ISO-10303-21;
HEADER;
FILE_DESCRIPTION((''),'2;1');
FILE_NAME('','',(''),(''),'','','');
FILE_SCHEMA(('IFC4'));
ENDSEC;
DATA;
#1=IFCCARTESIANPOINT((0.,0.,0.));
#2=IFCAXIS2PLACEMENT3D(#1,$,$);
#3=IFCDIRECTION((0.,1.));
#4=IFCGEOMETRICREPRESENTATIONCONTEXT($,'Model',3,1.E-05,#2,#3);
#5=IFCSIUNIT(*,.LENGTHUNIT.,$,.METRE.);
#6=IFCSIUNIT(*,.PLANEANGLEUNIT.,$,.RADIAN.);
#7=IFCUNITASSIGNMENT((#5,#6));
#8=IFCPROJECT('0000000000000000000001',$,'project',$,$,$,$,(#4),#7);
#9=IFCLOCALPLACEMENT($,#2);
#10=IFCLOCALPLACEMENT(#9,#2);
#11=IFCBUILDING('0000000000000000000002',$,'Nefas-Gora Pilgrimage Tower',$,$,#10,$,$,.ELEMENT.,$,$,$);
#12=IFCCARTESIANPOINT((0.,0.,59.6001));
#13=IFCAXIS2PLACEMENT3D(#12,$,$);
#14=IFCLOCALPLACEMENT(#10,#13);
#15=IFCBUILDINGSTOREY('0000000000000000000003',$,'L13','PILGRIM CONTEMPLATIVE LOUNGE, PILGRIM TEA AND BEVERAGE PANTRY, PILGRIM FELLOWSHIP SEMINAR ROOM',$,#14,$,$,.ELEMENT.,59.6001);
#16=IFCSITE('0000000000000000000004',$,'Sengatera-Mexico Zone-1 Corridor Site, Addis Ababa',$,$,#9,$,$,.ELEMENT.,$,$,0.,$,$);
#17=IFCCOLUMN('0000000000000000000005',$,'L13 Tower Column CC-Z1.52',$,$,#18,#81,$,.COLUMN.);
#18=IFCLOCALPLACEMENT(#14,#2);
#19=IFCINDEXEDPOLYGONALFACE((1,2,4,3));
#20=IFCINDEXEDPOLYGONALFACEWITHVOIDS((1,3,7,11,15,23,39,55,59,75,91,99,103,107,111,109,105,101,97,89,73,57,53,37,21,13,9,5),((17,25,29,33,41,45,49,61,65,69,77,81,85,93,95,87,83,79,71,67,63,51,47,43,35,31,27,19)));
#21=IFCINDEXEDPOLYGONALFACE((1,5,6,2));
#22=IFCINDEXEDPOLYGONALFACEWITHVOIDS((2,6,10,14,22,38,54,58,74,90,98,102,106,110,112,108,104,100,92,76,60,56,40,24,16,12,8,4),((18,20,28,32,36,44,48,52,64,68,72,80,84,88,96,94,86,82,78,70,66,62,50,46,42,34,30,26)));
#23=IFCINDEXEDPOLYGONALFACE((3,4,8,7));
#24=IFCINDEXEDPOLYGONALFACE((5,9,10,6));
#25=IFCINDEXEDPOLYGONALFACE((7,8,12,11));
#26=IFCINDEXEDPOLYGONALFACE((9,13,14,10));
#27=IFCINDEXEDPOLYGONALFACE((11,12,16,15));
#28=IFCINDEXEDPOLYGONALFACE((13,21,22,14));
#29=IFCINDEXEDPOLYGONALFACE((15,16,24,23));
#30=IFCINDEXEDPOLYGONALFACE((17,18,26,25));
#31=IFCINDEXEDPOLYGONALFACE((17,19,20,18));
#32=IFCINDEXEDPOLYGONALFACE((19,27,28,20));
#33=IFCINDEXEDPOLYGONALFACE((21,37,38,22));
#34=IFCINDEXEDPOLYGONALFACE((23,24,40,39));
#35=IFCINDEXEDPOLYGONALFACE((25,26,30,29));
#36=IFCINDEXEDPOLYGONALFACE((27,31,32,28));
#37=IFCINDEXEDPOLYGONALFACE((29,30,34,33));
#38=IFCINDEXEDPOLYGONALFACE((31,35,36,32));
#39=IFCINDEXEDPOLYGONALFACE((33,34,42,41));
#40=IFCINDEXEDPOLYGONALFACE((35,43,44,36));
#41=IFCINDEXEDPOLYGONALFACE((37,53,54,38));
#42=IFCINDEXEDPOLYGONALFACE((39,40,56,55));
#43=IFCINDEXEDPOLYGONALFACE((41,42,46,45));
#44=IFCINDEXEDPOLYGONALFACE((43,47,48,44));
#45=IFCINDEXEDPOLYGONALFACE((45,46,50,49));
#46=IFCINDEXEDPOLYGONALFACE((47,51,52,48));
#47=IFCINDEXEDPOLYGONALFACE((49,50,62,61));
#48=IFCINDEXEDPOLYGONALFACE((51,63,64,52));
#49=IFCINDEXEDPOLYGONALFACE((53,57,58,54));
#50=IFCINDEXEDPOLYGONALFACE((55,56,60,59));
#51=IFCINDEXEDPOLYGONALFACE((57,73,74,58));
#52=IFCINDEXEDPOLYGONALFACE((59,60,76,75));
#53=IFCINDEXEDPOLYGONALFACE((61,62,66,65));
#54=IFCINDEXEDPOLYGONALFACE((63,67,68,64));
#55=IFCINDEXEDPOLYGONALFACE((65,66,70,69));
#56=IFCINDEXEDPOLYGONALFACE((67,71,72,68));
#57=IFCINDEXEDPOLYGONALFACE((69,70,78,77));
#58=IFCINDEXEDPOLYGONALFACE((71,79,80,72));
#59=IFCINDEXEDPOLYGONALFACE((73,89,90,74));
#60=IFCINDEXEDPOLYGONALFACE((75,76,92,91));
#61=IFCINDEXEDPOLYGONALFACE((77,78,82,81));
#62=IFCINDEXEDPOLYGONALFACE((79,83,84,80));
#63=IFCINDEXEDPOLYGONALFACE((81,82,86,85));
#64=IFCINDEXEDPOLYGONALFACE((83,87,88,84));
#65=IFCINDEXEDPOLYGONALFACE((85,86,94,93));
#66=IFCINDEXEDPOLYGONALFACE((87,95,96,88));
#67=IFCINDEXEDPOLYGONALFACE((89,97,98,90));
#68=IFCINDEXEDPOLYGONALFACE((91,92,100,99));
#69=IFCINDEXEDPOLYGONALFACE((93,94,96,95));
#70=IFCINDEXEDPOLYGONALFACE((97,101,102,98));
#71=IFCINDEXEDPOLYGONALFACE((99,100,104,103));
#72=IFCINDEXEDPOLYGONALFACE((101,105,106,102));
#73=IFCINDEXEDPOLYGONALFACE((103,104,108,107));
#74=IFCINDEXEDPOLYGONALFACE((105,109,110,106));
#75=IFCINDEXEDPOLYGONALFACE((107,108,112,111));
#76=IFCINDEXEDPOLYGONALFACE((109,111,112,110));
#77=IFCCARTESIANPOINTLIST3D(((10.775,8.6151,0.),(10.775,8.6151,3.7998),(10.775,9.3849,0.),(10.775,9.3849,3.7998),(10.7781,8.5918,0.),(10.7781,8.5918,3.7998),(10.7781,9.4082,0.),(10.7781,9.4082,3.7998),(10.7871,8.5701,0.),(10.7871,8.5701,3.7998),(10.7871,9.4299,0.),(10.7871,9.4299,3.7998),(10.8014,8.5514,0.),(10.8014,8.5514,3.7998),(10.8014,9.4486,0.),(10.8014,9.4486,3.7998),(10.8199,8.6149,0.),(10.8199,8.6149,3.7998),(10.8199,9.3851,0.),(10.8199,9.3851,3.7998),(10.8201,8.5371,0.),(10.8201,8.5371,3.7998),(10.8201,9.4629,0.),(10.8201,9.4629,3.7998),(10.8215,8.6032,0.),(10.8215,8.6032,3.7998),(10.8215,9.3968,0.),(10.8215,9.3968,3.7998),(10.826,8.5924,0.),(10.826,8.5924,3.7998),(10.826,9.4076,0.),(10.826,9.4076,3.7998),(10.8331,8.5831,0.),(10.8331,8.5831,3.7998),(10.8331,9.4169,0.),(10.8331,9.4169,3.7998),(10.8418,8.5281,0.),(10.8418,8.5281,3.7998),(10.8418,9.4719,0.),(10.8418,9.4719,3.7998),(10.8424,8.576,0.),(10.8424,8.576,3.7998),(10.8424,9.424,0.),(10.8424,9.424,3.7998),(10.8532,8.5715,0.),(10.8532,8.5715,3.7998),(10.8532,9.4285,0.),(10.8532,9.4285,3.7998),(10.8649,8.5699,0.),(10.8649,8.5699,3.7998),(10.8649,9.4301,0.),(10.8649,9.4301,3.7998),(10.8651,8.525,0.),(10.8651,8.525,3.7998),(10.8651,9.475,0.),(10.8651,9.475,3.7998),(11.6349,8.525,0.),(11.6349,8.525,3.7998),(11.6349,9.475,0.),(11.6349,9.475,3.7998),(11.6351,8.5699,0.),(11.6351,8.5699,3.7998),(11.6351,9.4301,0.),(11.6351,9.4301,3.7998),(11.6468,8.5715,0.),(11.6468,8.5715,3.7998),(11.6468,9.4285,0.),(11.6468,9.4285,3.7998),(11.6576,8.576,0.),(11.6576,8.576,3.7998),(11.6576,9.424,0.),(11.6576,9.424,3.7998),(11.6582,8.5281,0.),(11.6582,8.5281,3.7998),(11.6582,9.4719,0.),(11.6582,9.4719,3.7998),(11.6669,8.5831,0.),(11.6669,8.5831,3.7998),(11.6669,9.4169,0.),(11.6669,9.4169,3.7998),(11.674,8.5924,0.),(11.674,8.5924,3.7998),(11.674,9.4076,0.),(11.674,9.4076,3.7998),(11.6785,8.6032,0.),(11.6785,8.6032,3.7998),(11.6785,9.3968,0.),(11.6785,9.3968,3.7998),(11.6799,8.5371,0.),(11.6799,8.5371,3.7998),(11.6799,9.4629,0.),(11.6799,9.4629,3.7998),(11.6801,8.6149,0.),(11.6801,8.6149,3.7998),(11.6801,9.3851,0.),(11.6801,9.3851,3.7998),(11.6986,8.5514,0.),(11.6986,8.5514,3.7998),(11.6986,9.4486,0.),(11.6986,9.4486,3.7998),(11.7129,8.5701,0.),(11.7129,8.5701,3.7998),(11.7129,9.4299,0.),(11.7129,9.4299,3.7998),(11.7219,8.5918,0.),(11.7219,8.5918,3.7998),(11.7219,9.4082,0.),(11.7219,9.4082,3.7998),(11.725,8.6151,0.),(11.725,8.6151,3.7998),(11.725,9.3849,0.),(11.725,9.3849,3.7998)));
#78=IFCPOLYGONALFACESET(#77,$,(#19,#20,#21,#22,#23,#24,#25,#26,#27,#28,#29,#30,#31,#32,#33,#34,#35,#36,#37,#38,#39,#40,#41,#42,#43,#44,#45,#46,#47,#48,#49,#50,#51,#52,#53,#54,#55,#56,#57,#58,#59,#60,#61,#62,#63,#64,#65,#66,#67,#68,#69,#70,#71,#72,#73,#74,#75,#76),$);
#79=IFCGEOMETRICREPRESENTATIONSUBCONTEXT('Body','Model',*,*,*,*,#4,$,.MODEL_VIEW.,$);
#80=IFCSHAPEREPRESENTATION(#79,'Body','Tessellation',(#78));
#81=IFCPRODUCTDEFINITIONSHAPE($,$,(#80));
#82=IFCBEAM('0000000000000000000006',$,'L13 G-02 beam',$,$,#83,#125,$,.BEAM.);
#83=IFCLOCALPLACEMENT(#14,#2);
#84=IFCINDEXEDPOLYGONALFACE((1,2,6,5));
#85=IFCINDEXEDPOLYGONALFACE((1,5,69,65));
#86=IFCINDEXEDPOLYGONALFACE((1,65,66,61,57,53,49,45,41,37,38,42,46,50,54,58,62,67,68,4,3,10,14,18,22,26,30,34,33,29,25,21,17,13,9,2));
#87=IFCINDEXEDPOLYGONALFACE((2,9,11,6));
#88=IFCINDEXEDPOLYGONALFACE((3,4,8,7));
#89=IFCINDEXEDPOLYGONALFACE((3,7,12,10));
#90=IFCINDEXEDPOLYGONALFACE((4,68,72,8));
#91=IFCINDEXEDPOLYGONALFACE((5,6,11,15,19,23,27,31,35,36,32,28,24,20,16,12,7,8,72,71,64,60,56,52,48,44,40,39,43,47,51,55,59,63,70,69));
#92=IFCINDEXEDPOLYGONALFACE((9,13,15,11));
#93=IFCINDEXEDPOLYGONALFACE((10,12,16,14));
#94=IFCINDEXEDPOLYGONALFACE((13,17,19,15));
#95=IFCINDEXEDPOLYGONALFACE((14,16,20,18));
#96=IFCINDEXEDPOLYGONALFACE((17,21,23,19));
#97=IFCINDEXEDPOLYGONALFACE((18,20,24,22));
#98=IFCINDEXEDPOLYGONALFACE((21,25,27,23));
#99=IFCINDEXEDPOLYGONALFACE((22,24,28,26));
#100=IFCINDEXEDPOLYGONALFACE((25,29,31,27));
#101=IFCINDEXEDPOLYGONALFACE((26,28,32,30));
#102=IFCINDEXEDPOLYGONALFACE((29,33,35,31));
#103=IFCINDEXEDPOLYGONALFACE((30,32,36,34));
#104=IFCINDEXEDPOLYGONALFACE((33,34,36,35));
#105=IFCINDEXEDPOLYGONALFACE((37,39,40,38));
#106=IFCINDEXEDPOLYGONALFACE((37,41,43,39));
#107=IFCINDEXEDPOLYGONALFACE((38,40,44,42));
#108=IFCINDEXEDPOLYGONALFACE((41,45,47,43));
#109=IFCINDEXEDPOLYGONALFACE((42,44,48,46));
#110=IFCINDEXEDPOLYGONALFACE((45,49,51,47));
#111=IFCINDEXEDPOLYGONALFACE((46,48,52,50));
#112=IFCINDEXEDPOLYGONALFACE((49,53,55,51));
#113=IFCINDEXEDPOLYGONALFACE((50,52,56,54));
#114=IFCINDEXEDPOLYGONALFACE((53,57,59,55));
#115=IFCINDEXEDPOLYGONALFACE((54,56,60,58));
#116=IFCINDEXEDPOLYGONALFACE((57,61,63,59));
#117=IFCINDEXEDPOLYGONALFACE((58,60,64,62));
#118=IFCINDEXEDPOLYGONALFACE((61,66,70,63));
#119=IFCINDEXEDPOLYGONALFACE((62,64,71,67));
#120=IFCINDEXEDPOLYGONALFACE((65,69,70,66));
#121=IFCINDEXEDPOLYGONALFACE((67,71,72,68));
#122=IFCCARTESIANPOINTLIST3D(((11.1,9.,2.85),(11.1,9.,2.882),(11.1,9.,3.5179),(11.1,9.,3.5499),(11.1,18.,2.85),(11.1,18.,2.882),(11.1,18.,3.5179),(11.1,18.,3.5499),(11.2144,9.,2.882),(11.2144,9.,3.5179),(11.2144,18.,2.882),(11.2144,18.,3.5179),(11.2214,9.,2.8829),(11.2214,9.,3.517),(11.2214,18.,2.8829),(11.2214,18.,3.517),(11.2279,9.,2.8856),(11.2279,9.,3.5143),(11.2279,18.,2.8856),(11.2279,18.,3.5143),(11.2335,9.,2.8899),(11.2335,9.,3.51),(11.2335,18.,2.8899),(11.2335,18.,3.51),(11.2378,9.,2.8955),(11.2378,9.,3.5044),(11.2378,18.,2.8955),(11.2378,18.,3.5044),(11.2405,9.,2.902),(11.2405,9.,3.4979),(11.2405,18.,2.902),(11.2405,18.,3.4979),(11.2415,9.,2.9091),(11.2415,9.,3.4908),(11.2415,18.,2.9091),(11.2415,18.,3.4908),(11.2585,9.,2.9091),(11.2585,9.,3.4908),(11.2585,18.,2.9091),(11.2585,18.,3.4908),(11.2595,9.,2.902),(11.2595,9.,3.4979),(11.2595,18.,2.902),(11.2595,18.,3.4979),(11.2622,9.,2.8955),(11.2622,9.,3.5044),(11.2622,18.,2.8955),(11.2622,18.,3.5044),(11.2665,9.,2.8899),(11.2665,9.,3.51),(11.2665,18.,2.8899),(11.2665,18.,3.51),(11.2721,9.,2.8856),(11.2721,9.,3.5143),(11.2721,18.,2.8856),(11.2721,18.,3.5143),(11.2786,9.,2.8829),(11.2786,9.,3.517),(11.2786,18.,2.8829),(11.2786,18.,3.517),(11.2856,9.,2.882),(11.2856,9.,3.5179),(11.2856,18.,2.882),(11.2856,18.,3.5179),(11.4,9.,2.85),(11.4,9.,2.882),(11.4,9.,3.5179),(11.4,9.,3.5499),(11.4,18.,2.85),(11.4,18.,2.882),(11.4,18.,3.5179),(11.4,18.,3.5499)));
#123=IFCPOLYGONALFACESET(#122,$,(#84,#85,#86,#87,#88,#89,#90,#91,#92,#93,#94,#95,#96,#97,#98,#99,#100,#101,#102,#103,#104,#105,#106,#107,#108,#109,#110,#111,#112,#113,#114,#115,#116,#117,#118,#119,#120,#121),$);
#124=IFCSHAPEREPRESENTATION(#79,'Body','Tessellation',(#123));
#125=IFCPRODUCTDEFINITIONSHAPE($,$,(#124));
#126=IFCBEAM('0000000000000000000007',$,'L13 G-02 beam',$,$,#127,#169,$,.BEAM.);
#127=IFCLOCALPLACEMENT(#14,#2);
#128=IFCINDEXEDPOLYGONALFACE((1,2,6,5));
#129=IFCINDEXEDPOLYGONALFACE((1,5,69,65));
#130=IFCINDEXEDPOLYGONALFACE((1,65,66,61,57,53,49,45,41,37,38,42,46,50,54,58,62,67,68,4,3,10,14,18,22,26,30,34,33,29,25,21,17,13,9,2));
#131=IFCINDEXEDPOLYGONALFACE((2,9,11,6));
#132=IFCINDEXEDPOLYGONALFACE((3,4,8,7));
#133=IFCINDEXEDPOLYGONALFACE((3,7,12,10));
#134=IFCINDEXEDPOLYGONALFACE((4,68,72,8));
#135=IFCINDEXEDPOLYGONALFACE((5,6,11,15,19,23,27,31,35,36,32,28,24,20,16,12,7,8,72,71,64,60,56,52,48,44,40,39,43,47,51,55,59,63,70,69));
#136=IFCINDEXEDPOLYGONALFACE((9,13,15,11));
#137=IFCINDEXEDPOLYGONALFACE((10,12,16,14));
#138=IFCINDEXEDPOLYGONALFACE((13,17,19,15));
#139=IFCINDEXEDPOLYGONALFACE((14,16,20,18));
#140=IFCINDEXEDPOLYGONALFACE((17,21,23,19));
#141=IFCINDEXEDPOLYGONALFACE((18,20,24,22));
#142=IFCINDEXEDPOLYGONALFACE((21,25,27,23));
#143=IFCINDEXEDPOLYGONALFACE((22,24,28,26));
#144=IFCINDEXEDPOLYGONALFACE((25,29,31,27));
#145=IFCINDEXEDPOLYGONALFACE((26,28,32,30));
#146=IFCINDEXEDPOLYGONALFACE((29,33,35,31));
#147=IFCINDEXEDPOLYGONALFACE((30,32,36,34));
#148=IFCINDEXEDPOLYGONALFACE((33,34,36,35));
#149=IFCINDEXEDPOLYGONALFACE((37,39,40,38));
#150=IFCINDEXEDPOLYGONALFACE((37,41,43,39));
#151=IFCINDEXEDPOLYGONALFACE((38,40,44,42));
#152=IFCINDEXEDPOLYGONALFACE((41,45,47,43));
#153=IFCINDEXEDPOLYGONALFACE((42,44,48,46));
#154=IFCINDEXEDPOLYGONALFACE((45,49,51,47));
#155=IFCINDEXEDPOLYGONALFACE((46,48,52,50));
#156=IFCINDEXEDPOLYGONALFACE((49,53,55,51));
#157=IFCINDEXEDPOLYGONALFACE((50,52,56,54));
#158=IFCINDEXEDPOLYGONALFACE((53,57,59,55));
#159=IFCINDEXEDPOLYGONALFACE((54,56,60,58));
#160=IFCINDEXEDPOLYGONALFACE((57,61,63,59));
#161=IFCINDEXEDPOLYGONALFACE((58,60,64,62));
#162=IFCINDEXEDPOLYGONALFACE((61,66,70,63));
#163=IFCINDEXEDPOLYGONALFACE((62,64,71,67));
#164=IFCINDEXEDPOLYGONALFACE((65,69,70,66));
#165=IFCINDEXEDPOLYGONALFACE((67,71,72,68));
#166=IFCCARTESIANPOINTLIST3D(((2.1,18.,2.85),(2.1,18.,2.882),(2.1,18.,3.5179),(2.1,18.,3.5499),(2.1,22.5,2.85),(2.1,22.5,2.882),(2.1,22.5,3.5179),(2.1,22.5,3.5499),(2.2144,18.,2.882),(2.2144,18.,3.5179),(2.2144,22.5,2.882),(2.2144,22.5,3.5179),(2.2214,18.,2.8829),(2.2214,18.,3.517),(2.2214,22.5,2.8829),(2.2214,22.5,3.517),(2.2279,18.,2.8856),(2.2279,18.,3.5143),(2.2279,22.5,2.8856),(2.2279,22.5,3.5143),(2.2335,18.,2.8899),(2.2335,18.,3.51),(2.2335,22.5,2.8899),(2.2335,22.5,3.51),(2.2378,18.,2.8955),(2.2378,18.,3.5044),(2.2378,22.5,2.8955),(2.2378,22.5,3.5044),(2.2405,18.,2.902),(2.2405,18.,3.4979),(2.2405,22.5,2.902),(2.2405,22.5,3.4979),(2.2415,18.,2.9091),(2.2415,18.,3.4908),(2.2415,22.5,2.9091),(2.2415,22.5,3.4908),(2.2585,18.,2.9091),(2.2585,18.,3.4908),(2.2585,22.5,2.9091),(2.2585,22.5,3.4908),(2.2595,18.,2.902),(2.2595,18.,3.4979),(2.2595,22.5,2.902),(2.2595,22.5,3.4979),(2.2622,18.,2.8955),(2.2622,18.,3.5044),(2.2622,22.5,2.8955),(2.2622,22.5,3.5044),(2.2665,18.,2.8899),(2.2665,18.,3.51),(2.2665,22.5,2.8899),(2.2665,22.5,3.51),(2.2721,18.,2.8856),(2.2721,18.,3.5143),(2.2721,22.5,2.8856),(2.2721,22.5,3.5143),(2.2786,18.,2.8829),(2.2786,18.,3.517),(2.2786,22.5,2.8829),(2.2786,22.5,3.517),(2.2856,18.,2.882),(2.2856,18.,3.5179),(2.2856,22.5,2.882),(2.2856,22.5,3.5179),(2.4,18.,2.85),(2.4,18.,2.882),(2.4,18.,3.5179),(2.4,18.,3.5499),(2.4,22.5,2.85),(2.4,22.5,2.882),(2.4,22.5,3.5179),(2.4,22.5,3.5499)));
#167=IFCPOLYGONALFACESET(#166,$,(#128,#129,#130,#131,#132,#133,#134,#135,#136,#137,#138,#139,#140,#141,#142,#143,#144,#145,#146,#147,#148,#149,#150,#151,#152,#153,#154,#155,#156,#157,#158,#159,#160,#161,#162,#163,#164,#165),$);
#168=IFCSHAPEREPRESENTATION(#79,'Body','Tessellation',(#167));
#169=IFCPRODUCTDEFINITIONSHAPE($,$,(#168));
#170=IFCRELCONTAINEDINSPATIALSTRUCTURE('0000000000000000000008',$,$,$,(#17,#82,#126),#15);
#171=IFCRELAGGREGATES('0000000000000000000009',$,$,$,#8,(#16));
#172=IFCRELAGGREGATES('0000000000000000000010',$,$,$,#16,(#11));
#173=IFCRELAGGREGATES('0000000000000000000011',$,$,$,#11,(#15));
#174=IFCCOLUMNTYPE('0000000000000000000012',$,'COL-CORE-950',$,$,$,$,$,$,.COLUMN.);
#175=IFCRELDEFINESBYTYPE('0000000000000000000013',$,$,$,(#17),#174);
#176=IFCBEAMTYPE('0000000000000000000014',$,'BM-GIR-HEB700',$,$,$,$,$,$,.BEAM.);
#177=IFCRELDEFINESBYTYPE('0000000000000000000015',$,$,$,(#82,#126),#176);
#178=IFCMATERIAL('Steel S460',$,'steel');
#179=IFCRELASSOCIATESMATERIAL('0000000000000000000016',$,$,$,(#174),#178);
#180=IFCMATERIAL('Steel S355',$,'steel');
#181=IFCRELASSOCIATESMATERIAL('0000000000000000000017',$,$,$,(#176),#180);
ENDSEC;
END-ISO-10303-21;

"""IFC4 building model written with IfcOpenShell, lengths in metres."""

from ifc_helpers import new_model, si_unit, direction, frame, origin, origin_2d, place, context, subcontext, project, spatial, hollow_rectangle, i_section, extrude, source, transform, mapped, material, material_profile, profile_set, type_object, element, save


model = new_model("IFC4")

# Units and contexts
model_context = context("Model", 3, precision=1e-05, world=origin(), true_north=direction((0.0, 1.0)))
body_context = subcontext(model_context, "Body", "Model", "MODEL_VIEW")
ifc_project = project(units=[si_unit("LENGTHUNIT", "METRE"), si_unit("PLANEANGLEUNIT", "RADIAN")], contexts=[model_context])

# Site, building, storey
site_placement = place(None, origin())
site = spatial("IfcSite", under=ifc_project, at=site_placement, Name="Sengatera-Mexico Zone-1 Corridor Site, Addis Ababa", CompositionType="ELEMENT", RefElevation=0.0)
building_placement = place(site_placement, origin())
building = spatial("IfcBuilding", under=site, at=building_placement, Name="Nefas-Gora Pilgrimage Tower", CompositionType="ELEMENT")
storey_placement = place(building_placement, frame((0.0, 0.0, 59.6001)))
storey = spatial("IfcBuildingStorey", under=building, at=storey_placement, Name="L13", Description="PILGRIM CONTEMPLATIVE LOUNGE, PILGRIM TEA AND BEVERAGE PANTRY, PILGRIM FELLOWSHIP SEMINAR ROOM", CompositionType="ELEMENT", Elevation=59.6001)

# Column
ifc_material_1 = material(Name="Steel S460", Category="steel")
ifc_material_profile_1 = material_profile(ifc_material_1, hollow_rectangle(XDim=0.95, YDim=0.95, WallThickness=0.0449, InnerFilletRadius=0.0449, OuterFilletRadius=0.0901, at=origin_2d()), Name="BOX 950x950x45")
ifc_profile_set_1 = profile_set([ifc_material_profile_1], Name="Steel S460")
column_type_1 = type_object("IfcColumnType", Name="COL-CORE-950", PredefinedType="COLUMN", material=ifc_profile_set_1)
shared_shape_1 = source(origin(), body_context, "Body", "SweptSolid", [
    extrude(hollow_rectangle(XDim=0.95, YDim=0.95, WallThickness=0.0449, InnerFilletRadius=0.0449, OuterFilletRadius=0.0901, at=origin_2d()), origin(), (0.0, 0.0, 1.0), 3.7998),
])
column_placement = place(storey_placement, frame((11.25, 9.0, 0.0), z_axis=(0.0, 0.0, 1.0), x_axis=(1.0, 0.0, 0.0)))
element("IfcColumn", 1, at=column_placement, inside=storey, type_object=column_type_1, Name="L13 Tower Column CC-Z1.52", PredefinedType="COLUMN", context=body_context, shape_type="MappedRepresentation", body=[
    mapped(shared_shape_1, transform((0.0, 0.0, 0.0), x_axis=(1.0, 0.0, 0.0), y_axis=(0.0, 1.0, 0.0), z_axis=(0.0, 0.0, 1.0), scale=1.0)),
])

# Beams
ifc_material_2 = material(Name="Steel S355", Category="steel")
ifc_material_profile_2 = material_profile(ifc_material_2, i_section(OverallWidth=0.3, OverallDepth=0.7, WebThickness=0.0171, FlangeThickness=0.032, FilletRadius=0.0271, at=origin_2d()), Name="HEB 700")
ifc_profile_set_2 = profile_set([ifc_material_profile_2], Name="Steel S355")
beam_type_1 = type_object("IfcBeamType", Name="BM-GIR-HEB700", PredefinedType="BEAM", material=ifc_profile_set_2)
shared_shape_2 = source(origin(), body_context, "Body", "SweptSolid", [
    extrude(i_section(OverallWidth=0.3, OverallDepth=0.7, WebThickness=0.0171, FlangeThickness=0.032, FilletRadius=0.0271, at=origin_2d()), origin(), (0.0, 0.0, 1.0), 9.0),
])
beam_1_placement = place(storey_placement, frame((11.25, 9.0, 3.2), z_axis=(0.0, 1.0, 0.0), x_axis=(-1.0, 0.0, 0.0)))
element("IfcBeam", 2, at=beam_1_placement, inside=storey, type_object=beam_type_1, Name="L13 G-02 beam", PredefinedType="BEAM", context=body_context, shape_type="MappedRepresentation", body=[
    mapped(shared_shape_2, transform((0.0, 0.0, 0.0), x_axis=(1.0, 0.0, 0.0), y_axis=(0.0, 1.0, 0.0), z_axis=(0.0, 0.0, 1.0), scale=1.0)),
])
shared_shape_3 = source(origin(), body_context, "Body", "SweptSolid", [
    extrude(i_section(OverallWidth=0.3, OverallDepth=0.7, WebThickness=0.0171, FlangeThickness=0.032, FilletRadius=0.0271, at=origin_2d()), origin(), (0.0, 0.0, 1.0), 4.5),
])
for number, where, z_axis, x_axis, name in (
    (3, (2.25, 18.0, 3.2), (0.0, 1.0, 0.0), (-1.0, 0.0, 0.0), "L13 G-02 beam"),
):
    element("IfcBeam", number, at=place(storey_placement, frame(where, z_axis=z_axis, x_axis=x_axis)), inside=storey, type_object=beam_type_1, Name=name, PredefinedType="BEAM", context=body_context, shape_type="MappedRepresentation", body=[
        mapped(shared_shape_3, transform((0.0, 0.0, 0.0), x_axis=(1.0, 0.0, 0.0), y_axis=(0.0, 1.0, 0.0), z_axis=(0.0, 0.0, 1.0), scale=1.0)),
    ])

save(model, "model.ifc")
